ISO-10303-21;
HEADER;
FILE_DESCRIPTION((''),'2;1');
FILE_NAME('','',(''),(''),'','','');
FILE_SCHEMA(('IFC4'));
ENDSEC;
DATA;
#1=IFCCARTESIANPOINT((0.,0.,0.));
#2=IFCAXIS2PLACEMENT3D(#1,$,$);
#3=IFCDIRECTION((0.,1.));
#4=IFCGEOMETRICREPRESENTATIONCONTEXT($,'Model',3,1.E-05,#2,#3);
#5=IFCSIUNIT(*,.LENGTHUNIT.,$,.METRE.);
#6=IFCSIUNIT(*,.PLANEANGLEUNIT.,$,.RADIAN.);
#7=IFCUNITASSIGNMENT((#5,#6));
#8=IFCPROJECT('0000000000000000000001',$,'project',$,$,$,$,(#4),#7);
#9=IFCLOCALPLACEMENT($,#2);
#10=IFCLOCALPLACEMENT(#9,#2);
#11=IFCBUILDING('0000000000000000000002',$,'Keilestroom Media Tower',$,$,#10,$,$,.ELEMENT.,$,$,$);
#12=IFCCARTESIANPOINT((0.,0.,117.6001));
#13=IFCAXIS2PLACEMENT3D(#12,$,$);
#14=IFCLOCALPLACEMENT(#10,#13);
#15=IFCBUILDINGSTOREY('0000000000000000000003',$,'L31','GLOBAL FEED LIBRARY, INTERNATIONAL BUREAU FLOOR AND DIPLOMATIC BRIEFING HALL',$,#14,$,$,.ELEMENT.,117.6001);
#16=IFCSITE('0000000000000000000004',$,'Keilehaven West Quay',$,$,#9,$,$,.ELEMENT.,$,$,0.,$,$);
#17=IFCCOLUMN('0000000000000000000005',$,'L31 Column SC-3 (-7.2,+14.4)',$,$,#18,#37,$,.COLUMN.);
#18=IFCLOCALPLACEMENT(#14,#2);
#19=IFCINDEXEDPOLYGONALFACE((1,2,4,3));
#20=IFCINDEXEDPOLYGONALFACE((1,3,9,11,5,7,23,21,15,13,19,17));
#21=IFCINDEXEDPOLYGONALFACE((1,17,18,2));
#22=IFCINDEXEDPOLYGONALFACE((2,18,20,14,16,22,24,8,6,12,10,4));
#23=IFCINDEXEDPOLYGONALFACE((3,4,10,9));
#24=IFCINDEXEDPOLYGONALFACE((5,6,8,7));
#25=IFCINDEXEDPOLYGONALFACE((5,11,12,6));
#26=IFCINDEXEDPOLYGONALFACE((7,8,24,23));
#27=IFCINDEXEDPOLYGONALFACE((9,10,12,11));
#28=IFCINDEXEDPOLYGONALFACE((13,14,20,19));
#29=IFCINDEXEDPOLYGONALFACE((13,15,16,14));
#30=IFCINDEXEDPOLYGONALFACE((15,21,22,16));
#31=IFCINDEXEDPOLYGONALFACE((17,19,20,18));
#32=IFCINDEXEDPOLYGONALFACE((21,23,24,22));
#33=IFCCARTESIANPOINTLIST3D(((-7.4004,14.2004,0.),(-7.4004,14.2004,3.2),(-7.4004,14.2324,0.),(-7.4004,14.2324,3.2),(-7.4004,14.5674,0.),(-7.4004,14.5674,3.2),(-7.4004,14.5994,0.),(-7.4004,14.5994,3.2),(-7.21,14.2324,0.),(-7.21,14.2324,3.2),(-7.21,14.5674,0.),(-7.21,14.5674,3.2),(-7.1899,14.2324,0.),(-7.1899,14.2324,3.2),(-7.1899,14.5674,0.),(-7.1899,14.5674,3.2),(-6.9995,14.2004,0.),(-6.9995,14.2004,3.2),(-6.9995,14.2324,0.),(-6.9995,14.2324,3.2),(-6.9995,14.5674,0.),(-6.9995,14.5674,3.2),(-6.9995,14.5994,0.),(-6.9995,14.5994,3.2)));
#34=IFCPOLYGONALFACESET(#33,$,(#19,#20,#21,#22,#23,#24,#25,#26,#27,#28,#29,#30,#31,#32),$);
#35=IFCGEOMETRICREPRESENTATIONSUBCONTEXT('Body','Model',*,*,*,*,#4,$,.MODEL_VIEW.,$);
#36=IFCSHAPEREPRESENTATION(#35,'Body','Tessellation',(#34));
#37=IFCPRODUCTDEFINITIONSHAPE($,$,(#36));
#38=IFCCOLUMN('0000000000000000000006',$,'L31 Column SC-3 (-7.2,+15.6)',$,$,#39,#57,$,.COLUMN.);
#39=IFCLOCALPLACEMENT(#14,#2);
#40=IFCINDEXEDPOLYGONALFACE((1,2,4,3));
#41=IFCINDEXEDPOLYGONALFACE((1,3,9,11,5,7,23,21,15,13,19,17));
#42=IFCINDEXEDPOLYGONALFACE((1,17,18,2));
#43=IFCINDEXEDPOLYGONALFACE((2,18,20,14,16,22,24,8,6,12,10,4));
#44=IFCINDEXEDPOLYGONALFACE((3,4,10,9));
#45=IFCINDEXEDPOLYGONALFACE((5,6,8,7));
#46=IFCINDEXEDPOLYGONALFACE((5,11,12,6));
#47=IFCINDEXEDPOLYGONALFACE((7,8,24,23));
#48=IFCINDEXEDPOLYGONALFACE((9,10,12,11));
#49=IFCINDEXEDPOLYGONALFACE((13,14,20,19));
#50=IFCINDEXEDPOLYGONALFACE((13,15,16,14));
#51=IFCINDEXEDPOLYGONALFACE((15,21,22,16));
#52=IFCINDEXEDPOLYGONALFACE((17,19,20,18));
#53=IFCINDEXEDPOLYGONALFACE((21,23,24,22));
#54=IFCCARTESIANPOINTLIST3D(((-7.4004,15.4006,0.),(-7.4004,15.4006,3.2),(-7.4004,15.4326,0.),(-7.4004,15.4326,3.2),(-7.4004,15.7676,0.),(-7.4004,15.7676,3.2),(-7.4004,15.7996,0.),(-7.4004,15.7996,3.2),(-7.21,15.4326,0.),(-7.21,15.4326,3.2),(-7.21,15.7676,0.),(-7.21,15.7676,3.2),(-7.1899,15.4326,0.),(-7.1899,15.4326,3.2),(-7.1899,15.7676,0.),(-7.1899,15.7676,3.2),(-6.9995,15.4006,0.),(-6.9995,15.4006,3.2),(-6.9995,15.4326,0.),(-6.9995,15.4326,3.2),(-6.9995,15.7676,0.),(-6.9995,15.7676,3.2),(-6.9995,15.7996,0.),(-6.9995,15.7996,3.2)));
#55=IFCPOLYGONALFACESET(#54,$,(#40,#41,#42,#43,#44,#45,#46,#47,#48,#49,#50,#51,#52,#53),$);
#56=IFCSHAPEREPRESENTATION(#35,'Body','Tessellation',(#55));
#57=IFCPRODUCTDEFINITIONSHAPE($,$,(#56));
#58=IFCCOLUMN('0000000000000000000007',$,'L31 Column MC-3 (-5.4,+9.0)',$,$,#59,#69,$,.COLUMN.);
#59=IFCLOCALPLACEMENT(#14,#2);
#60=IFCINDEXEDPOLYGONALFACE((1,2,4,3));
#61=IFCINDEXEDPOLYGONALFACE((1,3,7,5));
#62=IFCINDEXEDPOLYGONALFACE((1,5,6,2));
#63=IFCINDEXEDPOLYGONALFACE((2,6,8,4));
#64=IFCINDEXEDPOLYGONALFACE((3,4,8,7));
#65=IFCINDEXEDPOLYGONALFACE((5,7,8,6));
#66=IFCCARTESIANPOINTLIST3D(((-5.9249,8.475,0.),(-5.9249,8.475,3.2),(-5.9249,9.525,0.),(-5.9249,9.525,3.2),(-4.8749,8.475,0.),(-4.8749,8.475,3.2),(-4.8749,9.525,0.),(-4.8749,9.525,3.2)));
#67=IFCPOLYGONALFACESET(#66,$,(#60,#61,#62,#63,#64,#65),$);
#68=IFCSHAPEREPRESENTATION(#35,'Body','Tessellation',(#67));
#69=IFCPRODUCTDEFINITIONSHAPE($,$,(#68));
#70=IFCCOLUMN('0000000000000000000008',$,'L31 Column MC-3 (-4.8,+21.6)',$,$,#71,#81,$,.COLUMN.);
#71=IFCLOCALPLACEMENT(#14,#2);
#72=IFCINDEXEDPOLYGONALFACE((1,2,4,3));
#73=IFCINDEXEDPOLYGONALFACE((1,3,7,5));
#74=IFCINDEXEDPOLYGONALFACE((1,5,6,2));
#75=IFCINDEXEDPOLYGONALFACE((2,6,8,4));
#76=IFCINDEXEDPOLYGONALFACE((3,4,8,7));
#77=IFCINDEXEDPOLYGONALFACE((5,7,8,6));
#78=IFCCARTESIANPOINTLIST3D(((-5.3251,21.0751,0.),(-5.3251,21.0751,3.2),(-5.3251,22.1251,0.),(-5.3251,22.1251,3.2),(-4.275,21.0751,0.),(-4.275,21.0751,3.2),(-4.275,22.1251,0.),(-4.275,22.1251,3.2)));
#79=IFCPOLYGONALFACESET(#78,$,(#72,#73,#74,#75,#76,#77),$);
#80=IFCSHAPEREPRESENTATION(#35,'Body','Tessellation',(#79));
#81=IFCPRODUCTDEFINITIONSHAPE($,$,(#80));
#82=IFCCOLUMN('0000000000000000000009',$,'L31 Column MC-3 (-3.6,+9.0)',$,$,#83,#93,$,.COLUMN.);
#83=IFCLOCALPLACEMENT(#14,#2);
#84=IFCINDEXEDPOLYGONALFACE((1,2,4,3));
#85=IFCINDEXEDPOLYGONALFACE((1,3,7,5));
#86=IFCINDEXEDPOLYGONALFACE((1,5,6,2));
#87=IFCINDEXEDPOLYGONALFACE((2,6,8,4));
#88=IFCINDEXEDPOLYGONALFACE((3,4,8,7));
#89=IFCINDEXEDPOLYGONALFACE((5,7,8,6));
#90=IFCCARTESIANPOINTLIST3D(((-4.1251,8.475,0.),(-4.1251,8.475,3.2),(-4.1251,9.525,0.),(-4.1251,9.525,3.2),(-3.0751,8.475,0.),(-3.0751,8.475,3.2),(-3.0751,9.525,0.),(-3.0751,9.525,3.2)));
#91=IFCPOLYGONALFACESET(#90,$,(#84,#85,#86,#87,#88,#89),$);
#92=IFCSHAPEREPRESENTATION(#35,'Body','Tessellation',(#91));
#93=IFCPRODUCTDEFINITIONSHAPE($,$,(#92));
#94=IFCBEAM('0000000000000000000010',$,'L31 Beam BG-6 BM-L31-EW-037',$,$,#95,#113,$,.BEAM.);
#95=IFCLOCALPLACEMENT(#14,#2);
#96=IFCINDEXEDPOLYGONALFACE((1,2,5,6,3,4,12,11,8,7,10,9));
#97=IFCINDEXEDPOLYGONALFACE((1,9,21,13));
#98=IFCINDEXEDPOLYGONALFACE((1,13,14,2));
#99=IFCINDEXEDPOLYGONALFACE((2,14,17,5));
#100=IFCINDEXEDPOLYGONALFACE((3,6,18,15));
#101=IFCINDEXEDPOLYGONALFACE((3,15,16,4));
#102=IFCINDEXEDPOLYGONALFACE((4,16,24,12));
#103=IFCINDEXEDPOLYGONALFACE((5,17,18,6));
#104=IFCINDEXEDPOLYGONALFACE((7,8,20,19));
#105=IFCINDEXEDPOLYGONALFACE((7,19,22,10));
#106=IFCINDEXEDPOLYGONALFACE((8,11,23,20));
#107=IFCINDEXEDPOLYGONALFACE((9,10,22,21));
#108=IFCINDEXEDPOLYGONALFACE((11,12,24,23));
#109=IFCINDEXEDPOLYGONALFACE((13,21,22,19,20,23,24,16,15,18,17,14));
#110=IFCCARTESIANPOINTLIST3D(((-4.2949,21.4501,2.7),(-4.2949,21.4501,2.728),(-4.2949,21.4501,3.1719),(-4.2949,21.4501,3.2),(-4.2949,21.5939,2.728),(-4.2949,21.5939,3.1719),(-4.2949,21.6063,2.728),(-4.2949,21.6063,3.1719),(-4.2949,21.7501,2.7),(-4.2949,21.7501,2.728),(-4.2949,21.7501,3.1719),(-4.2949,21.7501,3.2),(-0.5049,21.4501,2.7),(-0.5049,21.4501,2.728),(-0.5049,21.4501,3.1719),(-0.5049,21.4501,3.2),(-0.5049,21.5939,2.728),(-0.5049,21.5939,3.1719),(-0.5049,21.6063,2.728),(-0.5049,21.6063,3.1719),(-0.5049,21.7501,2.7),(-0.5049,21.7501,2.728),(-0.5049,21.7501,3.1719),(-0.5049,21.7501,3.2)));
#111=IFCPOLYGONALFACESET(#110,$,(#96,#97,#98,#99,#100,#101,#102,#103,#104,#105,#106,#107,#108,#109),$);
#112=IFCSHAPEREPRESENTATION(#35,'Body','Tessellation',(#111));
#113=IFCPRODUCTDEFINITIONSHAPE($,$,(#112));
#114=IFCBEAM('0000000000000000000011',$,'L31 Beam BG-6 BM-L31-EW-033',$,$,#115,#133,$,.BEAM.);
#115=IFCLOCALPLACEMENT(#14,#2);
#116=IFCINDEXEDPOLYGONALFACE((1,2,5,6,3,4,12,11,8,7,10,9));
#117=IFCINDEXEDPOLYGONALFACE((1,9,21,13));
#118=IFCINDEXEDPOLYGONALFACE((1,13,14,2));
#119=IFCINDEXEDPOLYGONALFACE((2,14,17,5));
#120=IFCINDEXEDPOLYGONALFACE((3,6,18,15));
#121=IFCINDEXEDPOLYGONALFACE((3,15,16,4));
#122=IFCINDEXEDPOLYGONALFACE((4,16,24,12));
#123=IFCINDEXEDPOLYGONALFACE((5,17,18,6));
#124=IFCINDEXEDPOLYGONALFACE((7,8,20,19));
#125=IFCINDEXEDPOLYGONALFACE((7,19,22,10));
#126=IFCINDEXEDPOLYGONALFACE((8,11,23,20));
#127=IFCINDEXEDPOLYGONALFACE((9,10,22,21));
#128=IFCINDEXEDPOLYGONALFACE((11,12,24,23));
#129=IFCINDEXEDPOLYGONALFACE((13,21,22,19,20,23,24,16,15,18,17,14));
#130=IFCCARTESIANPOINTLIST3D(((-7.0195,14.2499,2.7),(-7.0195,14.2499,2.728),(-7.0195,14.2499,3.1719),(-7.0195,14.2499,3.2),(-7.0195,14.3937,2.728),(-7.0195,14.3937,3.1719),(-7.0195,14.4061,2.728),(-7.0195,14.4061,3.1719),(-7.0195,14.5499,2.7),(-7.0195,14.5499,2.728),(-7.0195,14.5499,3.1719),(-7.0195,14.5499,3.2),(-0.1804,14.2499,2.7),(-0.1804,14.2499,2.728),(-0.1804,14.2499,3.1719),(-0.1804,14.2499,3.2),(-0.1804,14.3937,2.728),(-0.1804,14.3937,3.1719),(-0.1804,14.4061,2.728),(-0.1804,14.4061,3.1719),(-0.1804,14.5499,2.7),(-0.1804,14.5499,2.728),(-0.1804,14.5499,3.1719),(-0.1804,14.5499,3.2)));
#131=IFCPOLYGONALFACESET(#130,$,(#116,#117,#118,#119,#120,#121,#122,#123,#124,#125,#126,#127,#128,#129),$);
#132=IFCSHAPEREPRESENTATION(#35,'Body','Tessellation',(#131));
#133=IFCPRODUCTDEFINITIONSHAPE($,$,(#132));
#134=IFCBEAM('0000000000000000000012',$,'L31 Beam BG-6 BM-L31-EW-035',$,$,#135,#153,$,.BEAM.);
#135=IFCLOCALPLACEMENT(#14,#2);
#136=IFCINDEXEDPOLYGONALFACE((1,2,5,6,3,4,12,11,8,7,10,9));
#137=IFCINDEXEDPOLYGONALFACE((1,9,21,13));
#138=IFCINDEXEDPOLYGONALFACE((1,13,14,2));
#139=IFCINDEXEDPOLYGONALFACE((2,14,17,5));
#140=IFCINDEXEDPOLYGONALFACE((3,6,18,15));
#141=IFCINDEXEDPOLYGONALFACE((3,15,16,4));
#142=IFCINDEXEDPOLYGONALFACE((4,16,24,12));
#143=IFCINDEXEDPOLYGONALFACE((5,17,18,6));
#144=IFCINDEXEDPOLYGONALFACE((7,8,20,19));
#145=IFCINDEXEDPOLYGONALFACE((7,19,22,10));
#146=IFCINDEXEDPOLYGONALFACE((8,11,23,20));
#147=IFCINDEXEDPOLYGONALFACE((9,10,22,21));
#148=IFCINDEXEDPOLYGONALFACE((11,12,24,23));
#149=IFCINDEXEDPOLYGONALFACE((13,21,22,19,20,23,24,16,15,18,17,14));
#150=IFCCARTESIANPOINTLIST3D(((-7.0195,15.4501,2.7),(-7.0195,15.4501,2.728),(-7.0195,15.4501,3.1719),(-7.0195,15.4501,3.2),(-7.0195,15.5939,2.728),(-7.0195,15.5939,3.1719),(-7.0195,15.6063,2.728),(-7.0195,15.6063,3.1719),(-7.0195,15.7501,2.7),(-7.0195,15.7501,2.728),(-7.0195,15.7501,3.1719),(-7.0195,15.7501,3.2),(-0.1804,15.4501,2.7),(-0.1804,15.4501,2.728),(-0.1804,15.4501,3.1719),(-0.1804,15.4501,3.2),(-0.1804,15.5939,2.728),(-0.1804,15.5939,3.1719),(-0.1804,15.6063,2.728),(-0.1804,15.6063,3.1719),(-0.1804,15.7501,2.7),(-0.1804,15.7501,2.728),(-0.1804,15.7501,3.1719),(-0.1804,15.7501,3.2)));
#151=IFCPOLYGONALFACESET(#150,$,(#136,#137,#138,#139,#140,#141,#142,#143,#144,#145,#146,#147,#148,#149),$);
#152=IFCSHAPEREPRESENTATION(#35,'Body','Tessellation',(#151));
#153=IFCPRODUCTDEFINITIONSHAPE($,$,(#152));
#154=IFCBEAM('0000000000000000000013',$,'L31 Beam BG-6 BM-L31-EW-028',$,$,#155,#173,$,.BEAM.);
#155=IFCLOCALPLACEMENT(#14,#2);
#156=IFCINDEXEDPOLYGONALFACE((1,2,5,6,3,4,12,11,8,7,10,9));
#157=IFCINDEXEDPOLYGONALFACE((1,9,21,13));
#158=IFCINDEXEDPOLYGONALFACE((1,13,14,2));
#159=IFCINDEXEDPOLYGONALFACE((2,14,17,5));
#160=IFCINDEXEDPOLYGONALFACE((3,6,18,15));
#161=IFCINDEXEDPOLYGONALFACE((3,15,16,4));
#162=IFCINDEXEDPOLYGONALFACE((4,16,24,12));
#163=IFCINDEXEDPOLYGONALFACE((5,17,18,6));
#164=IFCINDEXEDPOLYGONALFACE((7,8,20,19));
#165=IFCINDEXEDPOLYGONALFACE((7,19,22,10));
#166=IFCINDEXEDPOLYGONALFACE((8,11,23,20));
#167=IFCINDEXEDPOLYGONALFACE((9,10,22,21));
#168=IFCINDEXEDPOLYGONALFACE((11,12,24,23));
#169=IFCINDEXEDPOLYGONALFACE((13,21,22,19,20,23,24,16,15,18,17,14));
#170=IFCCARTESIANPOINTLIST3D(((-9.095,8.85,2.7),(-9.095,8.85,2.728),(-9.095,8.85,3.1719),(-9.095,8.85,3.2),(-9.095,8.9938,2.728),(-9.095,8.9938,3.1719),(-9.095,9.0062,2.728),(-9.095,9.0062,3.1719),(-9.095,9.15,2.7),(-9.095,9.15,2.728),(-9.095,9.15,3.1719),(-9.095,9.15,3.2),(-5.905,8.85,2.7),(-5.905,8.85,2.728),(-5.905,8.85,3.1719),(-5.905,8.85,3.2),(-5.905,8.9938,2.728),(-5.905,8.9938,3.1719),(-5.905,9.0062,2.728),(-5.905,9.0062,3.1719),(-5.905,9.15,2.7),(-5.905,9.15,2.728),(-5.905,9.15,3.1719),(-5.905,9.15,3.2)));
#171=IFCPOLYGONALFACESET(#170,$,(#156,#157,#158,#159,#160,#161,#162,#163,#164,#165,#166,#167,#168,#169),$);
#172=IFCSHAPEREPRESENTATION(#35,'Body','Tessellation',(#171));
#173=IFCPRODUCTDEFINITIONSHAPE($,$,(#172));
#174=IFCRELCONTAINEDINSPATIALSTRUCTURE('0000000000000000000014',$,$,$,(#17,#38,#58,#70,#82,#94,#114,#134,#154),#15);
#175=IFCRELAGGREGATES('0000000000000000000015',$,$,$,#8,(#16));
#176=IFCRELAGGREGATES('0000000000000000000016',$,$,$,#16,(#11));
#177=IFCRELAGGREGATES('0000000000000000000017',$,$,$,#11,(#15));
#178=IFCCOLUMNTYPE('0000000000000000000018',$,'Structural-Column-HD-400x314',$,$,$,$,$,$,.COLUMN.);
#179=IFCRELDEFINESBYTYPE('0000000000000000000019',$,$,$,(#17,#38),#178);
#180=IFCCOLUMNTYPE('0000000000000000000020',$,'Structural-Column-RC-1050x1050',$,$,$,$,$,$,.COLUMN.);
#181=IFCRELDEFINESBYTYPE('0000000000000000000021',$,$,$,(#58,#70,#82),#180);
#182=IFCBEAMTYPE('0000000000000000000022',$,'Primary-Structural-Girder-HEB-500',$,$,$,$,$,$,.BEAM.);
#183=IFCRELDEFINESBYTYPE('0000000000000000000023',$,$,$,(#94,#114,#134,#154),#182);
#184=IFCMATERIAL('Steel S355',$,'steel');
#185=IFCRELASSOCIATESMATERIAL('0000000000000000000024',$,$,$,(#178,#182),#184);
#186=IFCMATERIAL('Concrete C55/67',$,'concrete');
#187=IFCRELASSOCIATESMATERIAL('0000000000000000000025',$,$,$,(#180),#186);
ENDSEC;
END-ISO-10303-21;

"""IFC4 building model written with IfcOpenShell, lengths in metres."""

from ifc_helpers import new_model, si_unit, direction, frame, origin, origin_2d, place, context, subcontext, project, spatial, rectangle, i_section, extrude, source, transform, mapped, material, material_profile, profile_set, type_object, element, save


model = new_model("IFC4")

# Units and contexts
model_context = context("Model", 3, precision=1e-05, world=origin(), true_north=direction((0.0, 1.0)))
body_context = subcontext(model_context, "Body", "Model", "MODEL_VIEW")
ifc_project = project(units=[si_unit("LENGTHUNIT", "METRE"), si_unit("PLANEANGLEUNIT", "RADIAN")], contexts=[model_context])

# Site, building, storey
site_placement = place(None, origin())
site = spatial("IfcSite", under=ifc_project, at=site_placement, Name="Keilehaven West Quay", CompositionType="ELEMENT", RefElevation=0.0)
building_placement = place(site_placement, origin())
building = spatial("IfcBuilding", under=site, at=building_placement, Name="Keilestroom Media Tower", CompositionType="ELEMENT")
storey_placement = place(building_placement, frame((0.0, 0.0, 117.6001)))
storey = spatial("IfcBuildingStorey", under=building, at=storey_placement, Name="L31", Description="GLOBAL FEED LIBRARY, INTERNATIONAL BUREAU FLOOR AND DIPLOMATIC BRIEFING HALL", CompositionType="ELEMENT", Elevation=117.6001)

# Columns
ifc_material_1 = material(Name="Steel S355", Category="steel")
ifc_material_profile_1 = material_profile(ifc_material_1, i_section(OverallWidth=0.4009, OverallDepth=0.3989, WebThickness=0.02, FlangeThickness=0.032, at=origin_2d()), Name="HD 400x314")
ifc_profile_set_1 = profile_set([ifc_material_profile_1], Name="Steel S355")
column_type_1 = type_object("IfcColumnType", Name="Structural-Column-HD-400x314", PredefinedType="COLUMN", material=ifc_profile_set_1)
shared_shape_1 = source(origin(), body_context, "Body", "SweptSolid", [
    extrude(i_section(OverallWidth=0.4009, OverallDepth=0.3989, WebThickness=0.02, FlangeThickness=0.032, at=origin_2d()), origin(), (0.0, 0.0, 1.0), 3.2),
])
for number, where, z_axis, x_axis, name in (
    (1, (-7.2, 14.3999, 0.0), (0.0, 0.0, 1.0), (1.0, 0.0, 0.0), "L31 Column SC-3 (-7.2,+14.4)"),
    (2, (-7.2, 15.6001, 0.0), (0.0, 0.0, 1.0), (1.0, 0.0, 0.0), "L31 Column SC-3 (-7.2,+15.6)"),
):
    element("IfcColumn", number, at=place(storey_placement, frame(where, z_axis=z_axis, x_axis=x_axis)), inside=storey, type_object=column_type_1, Name=name, PredefinedType="COLUMN", context=body_context, shape_type="MappedRepresentation", body=[
        mapped(shared_shape_1, transform((0.0, 0.0, 0.0), x_axis=(1.0, 0.0, 0.0), y_axis=(0.0, 1.0, 0.0), z_axis=(0.0, 0.0, 1.0), scale=1.0)),
    ])
ifc_material_2 = material(Name="Concrete C55/67", Category="concrete")
ifc_material_profile_2 = material_profile(ifc_material_2, rectangle(XDim=1.05, YDim=1.05, at=origin_2d()), Name="RC 1050x1050")
ifc_profile_set_2 = profile_set([ifc_material_profile_2], Name="Concrete C55/67")
column_type_2 = type_object("IfcColumnType", Name="Structural-Column-RC-1050x1050", PredefinedType="COLUMN", material=ifc_profile_set_2)
shared_shape_2 = source(origin(), body_context, "Body", "SweptSolid", [
    extrude(rectangle(XDim=1.05, YDim=1.05, at=origin_2d()), origin(), (0.0, 0.0, 1.0), 3.2),
])
for number, where, z_axis, x_axis, name in (
    (3, (-5.3999, 9.0, 0.0), (0.0, 0.0, 1.0), (1.0, 0.0, 0.0), "L31 Column MC-3 (-5.4,+9.0)"),
    (4, (-4.8, 21.6001, 0.0), (0.0, 0.0, 1.0), (1.0, 0.0, 0.0), "L31 Column MC-3 (-4.8,+21.6)"),
    (5, (-3.6001, 9.0, 0.0), (0.0, 0.0, 1.0), (1.0, 0.0, 0.0), "L31 Column MC-3 (-3.6,+9.0)"),
):
    element("IfcColumn", number, at=place(storey_placement, frame(where, z_axis=z_axis, x_axis=x_axis)), inside=storey, type_object=column_type_2, Name=name, PredefinedType="COLUMN", context=body_context, shape_type="MappedRepresentation", body=[
        mapped(shared_shape_2, transform((0.0, 0.0, 0.0), x_axis=(1.0, 0.0, 0.0), y_axis=(0.0, 1.0, 0.0), z_axis=(0.0, 0.0, 1.0), scale=1.0)),
    ])

# Beams
ifc_material_profile_3 = material_profile(ifc_material_1, i_section(OverallWidth=0.3, OverallDepth=0.5, WebThickness=0.0125, FlangeThickness=0.0281, at=origin_2d()), Name="HEB 500")
ifc_profile_set_3 = profile_set([ifc_material_profile_3], Name="Steel S355")
beam_type = type_object("IfcBeamType", Name="Primary-Structural-Girder-HEB-500", PredefinedType="BEAM", material=ifc_profile_set_3)
shared_shape_3 = source(origin(), body_context, "Body", "SweptSolid", [
    extrude(i_section(OverallWidth=0.3, OverallDepth=0.5, WebThickness=0.0125, FlangeThickness=0.0281, at=origin_2d()), origin(), (0.0, 0.0, 1.0), 3.79),
])
beam_1_placement = place(storey_placement, frame((-4.2949, 21.6001, 2.95), z_axis=(1.0, 0.0, 0.0), x_axis=(0.0, 1.0, 0.0)))
element("IfcBeam", 6, at=beam_1_placement, inside=storey, type_object=beam_type, Name="L31 Beam BG-6 BM-L31-EW-037", PredefinedType="BEAM", context=body_context, shape_type="MappedRepresentation", body=[
    mapped(shared_shape_3, transform((0.0, 0.0, 0.0), x_axis=(1.0, 0.0, 0.0), y_axis=(0.0, 1.0, 0.0), z_axis=(0.0, 0.0, 1.0), scale=1.0)),
])
shared_shape_4 = source(origin(), body_context, "Body", "SweptSolid", [
    extrude(i_section(OverallWidth=0.3, OverallDepth=0.5, WebThickness=0.0125, FlangeThickness=0.0281, at=origin_2d()), origin(), (0.0, 0.0, 1.0), 6.8391),
])
for number, where, z_axis, x_axis, name in (
    (7, (-7.0195, 14.3999, 2.95), (1.0, 0.0, 0.0), (0.0, 1.0, 0.0), "L31 Beam BG-6 BM-L31-EW-033"),
    (8, (-7.0195, 15.6001, 2.95), (1.0, 0.0, 0.0), (0.0, 1.0, 0.0), "L31 Beam BG-6 BM-L31-EW-035"),
):
    element("IfcBeam", number, at=place(storey_placement, frame(where, z_axis=z_axis, x_axis=x_axis)), inside=storey, type_object=beam_type, Name=name, PredefinedType="BEAM", context=body_context, shape_type="MappedRepresentation", body=[
        mapped(shared_shape_4, transform((0.0, 0.0, 0.0), x_axis=(1.0, 0.0, 0.0), y_axis=(0.0, 1.0, 0.0), z_axis=(0.0, 0.0, 1.0), scale=1.0)),
    ])
shared_shape_5 = source(origin(), body_context, "Body", "SweptSolid", [
    extrude(i_section(OverallWidth=0.3, OverallDepth=0.5, WebThickness=0.0125, FlangeThickness=0.0281, at=origin_2d()), origin(), (0.0, 0.0, 1.0), 3.1899),
])
beam_2_placement = place(storey_placement, frame((-9.095, 9.0, 2.95), z_axis=(1.0, 0.0, 0.0), x_axis=(0.0, 1.0, 0.0)))
element("IfcBeam", 9, at=beam_2_placement, inside=storey, type_object=beam_type, Name="L31 Beam BG-6 BM-L31-EW-028", PredefinedType="BEAM", context=body_context, shape_type="MappedRepresentation", body=[
    mapped(shared_shape_5, transform((0.0, 0.0, 0.0), x_axis=(1.0, 0.0, 0.0), y_axis=(0.0, 1.0, 0.0), z_axis=(0.0, 0.0, 1.0), scale=1.0)),
])

save(model, "model.ifc")
